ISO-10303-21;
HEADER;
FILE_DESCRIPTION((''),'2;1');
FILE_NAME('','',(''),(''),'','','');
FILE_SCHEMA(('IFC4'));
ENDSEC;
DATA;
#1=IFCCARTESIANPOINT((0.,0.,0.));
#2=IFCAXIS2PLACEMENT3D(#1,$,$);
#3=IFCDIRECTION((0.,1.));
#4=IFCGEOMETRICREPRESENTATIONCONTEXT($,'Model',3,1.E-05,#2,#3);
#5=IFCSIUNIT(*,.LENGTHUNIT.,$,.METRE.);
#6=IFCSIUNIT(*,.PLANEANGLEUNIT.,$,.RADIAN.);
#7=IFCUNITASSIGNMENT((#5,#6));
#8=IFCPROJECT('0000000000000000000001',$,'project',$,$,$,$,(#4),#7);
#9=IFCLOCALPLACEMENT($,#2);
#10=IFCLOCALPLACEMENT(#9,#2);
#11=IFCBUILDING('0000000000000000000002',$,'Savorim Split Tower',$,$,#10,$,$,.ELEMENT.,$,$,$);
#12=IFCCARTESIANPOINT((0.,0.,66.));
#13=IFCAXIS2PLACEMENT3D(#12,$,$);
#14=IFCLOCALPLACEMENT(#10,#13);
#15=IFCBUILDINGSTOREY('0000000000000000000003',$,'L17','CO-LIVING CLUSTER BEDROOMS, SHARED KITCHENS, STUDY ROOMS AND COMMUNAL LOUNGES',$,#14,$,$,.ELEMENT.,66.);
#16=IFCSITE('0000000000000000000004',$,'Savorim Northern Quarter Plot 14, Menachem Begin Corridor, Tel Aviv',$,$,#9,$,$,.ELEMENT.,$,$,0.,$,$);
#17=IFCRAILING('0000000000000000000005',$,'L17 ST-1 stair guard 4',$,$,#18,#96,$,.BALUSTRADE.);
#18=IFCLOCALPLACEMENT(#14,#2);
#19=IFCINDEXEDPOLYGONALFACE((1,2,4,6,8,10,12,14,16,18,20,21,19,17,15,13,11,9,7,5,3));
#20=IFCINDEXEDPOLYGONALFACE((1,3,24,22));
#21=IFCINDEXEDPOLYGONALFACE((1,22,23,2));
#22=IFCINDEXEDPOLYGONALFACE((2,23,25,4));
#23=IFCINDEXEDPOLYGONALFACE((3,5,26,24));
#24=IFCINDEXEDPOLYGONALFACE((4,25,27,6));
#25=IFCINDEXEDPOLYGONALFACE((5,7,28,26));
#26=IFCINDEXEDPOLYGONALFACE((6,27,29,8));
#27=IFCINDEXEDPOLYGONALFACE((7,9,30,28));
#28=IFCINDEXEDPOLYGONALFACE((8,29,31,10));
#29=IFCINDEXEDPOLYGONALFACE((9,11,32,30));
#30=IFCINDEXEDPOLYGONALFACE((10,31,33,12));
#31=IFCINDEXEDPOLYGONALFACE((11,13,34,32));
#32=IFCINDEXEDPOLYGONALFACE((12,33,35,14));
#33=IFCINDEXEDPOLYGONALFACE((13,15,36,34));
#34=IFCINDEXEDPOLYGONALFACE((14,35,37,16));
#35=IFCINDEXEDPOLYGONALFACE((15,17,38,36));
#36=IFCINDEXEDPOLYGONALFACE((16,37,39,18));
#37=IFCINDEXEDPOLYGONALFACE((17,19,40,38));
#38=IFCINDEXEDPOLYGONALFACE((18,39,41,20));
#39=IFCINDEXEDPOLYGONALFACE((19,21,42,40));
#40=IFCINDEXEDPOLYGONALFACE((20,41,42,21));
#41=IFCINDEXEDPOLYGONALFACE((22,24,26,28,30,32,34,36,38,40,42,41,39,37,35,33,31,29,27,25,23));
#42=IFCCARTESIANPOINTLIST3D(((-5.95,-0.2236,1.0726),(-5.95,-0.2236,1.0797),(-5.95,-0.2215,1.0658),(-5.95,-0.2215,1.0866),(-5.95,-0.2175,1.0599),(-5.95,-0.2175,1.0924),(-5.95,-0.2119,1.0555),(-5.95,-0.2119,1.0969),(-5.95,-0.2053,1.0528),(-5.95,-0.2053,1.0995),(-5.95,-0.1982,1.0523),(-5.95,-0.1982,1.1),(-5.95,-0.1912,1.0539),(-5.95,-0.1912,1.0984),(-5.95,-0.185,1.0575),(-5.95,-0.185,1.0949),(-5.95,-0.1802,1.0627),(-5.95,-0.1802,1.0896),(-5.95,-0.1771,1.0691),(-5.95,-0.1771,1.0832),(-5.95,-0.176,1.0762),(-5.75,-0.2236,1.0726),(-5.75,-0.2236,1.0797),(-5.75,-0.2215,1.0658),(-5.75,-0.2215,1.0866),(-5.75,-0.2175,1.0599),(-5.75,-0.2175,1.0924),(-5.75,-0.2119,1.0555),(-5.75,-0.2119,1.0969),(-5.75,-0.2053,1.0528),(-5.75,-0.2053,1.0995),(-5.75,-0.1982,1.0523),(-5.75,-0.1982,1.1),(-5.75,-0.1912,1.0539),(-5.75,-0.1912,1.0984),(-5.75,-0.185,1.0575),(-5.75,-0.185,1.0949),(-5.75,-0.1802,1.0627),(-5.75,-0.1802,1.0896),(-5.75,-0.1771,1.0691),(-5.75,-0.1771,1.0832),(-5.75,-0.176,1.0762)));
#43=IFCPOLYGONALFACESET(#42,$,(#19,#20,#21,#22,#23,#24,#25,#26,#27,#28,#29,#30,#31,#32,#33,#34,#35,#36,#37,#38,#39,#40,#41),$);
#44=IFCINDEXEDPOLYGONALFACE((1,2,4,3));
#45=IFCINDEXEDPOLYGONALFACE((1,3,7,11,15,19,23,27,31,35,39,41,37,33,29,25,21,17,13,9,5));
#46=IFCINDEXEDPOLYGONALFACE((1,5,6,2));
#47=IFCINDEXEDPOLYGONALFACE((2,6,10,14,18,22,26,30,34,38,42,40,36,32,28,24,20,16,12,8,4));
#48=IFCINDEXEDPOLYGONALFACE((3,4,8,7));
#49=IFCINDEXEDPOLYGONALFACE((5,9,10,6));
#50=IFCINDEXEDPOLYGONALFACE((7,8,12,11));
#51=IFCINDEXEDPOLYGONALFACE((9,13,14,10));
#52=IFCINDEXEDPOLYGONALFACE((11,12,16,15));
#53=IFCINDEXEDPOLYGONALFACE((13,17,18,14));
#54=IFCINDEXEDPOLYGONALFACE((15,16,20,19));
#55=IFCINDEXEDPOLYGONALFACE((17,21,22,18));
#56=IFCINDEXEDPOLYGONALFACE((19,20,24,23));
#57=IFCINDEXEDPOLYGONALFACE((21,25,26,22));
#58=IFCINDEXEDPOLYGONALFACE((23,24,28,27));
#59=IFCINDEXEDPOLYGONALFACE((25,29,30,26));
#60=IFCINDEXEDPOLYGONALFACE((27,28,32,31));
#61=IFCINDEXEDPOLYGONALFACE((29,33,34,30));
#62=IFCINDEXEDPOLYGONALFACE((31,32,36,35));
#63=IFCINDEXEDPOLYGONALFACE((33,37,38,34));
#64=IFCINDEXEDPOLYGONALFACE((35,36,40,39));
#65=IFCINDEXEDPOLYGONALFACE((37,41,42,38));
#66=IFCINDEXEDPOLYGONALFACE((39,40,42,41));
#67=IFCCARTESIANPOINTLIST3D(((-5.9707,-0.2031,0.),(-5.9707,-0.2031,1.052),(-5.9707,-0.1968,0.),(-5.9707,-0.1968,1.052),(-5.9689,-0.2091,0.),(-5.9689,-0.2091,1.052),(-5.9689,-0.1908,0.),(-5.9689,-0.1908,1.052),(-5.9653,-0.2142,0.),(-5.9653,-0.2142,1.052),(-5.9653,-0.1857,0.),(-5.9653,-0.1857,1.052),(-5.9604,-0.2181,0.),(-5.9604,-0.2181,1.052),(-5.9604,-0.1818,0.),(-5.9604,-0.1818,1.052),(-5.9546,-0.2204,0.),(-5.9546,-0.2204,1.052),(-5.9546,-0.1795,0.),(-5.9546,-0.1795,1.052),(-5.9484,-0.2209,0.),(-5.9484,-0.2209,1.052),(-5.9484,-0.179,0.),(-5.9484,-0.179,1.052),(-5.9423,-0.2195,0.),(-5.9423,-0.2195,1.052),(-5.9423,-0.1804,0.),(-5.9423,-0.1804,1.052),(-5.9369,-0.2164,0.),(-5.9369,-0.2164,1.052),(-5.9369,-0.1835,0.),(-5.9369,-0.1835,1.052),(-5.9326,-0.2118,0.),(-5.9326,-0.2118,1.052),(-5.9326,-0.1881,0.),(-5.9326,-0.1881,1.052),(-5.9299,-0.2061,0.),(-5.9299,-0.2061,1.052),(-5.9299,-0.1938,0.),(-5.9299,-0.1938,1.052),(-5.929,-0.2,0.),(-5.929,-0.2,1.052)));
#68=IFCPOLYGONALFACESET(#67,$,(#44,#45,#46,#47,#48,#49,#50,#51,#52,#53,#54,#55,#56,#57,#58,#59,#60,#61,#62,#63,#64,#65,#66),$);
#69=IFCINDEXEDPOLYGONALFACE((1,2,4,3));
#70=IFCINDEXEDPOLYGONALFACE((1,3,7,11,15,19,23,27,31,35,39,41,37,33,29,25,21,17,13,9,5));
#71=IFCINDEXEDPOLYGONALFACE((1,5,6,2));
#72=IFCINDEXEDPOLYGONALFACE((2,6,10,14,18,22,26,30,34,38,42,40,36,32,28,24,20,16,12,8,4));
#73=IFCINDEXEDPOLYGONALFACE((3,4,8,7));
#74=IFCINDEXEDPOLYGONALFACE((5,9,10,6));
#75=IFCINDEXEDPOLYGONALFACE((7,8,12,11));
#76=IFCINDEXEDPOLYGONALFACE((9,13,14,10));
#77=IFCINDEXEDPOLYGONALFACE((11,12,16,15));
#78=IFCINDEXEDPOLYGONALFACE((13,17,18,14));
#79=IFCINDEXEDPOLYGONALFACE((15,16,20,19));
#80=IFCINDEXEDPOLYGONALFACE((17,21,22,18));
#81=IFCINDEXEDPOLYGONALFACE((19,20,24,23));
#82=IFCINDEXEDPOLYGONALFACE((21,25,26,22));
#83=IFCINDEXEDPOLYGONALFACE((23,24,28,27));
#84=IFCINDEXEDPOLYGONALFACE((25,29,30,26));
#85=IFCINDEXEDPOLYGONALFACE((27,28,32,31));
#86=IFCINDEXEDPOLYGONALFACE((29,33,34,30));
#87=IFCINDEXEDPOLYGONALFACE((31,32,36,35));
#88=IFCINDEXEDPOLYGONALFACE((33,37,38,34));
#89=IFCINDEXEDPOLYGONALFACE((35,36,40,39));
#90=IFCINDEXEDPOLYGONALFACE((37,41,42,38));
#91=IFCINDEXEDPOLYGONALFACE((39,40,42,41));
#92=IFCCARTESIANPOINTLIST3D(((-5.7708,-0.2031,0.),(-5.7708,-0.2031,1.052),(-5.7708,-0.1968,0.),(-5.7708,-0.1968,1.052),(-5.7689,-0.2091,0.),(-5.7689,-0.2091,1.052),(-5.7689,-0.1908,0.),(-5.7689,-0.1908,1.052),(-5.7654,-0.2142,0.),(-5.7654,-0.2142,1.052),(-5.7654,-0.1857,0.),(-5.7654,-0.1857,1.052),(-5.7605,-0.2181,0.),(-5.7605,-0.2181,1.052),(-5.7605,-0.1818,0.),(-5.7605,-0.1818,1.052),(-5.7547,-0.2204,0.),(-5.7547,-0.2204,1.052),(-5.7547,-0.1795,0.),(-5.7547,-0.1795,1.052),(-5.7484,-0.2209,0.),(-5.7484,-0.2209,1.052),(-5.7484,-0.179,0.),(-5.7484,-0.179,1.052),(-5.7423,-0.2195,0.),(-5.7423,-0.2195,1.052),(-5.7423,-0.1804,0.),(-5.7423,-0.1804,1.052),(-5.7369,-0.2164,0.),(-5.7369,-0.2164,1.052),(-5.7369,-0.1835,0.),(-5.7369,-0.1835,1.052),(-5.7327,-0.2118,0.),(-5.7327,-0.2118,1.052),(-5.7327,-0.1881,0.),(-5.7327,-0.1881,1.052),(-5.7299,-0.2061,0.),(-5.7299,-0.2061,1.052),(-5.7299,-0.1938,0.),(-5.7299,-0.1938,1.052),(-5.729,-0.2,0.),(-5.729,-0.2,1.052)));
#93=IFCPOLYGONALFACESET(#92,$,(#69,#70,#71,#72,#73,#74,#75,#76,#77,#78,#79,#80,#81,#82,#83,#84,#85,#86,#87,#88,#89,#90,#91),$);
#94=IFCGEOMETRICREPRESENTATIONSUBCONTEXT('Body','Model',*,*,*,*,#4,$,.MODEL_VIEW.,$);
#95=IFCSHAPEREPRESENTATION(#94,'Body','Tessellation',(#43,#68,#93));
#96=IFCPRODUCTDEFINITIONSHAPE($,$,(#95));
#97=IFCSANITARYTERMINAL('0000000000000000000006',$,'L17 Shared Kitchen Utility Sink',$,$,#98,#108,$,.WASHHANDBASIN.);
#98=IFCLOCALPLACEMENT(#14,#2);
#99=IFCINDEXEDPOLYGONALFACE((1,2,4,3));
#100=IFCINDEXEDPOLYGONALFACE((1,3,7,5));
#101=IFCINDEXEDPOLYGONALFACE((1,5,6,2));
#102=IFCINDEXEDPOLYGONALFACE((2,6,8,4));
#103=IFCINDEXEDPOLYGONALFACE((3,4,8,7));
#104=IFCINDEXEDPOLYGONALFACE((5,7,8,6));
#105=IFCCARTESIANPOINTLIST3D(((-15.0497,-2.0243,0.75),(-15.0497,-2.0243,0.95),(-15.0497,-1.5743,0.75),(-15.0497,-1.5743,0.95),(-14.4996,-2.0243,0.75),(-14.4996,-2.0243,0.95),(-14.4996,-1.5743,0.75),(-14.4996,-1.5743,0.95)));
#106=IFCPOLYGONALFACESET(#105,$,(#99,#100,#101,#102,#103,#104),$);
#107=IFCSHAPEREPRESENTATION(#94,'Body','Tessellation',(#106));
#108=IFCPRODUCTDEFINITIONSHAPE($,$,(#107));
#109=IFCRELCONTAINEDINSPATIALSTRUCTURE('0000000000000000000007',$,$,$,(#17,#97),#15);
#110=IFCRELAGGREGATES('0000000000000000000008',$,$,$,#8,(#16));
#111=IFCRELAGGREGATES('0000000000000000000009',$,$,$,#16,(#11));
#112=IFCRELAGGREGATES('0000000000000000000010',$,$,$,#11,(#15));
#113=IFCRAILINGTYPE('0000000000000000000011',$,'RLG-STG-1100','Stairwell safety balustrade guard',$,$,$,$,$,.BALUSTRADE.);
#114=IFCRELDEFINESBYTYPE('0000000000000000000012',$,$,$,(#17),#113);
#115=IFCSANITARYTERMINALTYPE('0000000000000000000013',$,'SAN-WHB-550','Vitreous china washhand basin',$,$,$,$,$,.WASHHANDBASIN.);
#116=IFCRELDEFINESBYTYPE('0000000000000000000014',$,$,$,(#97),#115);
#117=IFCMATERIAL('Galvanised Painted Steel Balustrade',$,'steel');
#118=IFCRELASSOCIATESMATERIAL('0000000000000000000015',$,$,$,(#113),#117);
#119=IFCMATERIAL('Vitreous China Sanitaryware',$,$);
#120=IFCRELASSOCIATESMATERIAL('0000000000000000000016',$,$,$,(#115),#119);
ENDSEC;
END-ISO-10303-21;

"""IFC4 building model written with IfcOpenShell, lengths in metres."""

from ifc_helpers import new_model, si_unit, direction, frame, origin, origin_2d, place, context, subcontext, project, spatial, rectangle, circle, extrude, material, type_object, element, save


model = new_model("IFC4")

# Units and contexts
model_context = context("Model", 3, precision=1e-05, world=origin(), true_north=direction((0.0, 1.0)))
body_context = subcontext(model_context, "Body", "Model", "MODEL_VIEW")
ifc_project = project(units=[si_unit("LENGTHUNIT", "METRE"), si_unit("PLANEANGLEUNIT", "RADIAN")], contexts=[model_context])

# Site, building, storey
site_placement = place(None, origin())
site = spatial("IfcSite", under=ifc_project, at=site_placement, Name="Savorim Northern Quarter Plot 14, Menachem Begin Corridor, Tel Aviv", CompositionType="ELEMENT", RefElevation=0.0)
building_placement = place(site_placement, origin())
building = spatial("IfcBuilding", under=site, at=building_placement, Name="Savorim Split Tower", CompositionType="ELEMENT")
storey_placement = place(building_placement, frame((0.0, 0.0, 66.0)))
storey = spatial("IfcBuildingStorey", under=building, at=storey_placement, Name="L17", Description="CO-LIVING CLUSTER BEDROOMS, SHARED KITCHENS, STUDY ROOMS AND COMMUNAL LOUNGES", CompositionType="ELEMENT", Elevation=66.0)

# Railing
ifc_material_1 = material(Name="Galvanised Painted Steel Balustrade", Category="steel")
railing_type_1 = type_object("IfcRailingType", Name="RLG-STG-1100", Description="Stairwell safety balustrade guard", PredefinedType="BALUSTRADE", material=ifc_material_1)
railing_1_placement = place(storey_placement, frame((-5.95, -0.2, 0.0)))
element("IfcRailing", 1, at=railing_1_placement, inside=storey, type_object=railing_type_1, Name="L17 ST-1 stair guard 4", PredefinedType="BALUSTRADE", context=body_context, shape_type="SweptSolid", body=[
    extrude(circle(Radius=0.0239, at=origin_2d()), frame((0.0, 0.0, 1.0762), z_axis=(1.0, 0.0, 0.0), x_axis=(0.0, 1.0, 0.0)), (0.0, 0.0, 1.0), 0.2),
    extrude(circle(Radius=0.021, at=origin_2d()), origin(), (0.0, 0.0, 1.0), 1.052),
    extrude(circle(Radius=0.021, at=origin_2d()), frame((0.2, 0.0, 0.0)), (0.0, 0.0, 1.0), 1.052),
])

# Sanitary terminal
ifc_material_2 = material(Name="Vitreous China Sanitaryware")
sanitary_terminal_type = type_object("IfcSanitaryTerminalType", Name="SAN-WHB-550", Description="Vitreous china washhand basin", PredefinedType="WASHHANDBASIN", material=ifc_material_2)
sanitary_terminal_placement = place(storey_placement, frame((-14.7747, -1.7993, 0.75), z_axis=(0.0, 0.0, 1.0), x_axis=(1.0, 0.0, 0.0)))
element("IfcSanitaryTerminal", 2, at=sanitary_terminal_placement, inside=storey, type_object=sanitary_terminal_type, Name="L17 Shared Kitchen Utility Sink", PredefinedType="WASHHANDBASIN", context=body_context, shape_type="SweptSolid", body=[
    extrude(rectangle(XDim=0.55, YDim=0.45, at=origin_2d()), origin(), (0.0, 0.0, 1.0), 0.2),
])

save(model, "model.ifc")
